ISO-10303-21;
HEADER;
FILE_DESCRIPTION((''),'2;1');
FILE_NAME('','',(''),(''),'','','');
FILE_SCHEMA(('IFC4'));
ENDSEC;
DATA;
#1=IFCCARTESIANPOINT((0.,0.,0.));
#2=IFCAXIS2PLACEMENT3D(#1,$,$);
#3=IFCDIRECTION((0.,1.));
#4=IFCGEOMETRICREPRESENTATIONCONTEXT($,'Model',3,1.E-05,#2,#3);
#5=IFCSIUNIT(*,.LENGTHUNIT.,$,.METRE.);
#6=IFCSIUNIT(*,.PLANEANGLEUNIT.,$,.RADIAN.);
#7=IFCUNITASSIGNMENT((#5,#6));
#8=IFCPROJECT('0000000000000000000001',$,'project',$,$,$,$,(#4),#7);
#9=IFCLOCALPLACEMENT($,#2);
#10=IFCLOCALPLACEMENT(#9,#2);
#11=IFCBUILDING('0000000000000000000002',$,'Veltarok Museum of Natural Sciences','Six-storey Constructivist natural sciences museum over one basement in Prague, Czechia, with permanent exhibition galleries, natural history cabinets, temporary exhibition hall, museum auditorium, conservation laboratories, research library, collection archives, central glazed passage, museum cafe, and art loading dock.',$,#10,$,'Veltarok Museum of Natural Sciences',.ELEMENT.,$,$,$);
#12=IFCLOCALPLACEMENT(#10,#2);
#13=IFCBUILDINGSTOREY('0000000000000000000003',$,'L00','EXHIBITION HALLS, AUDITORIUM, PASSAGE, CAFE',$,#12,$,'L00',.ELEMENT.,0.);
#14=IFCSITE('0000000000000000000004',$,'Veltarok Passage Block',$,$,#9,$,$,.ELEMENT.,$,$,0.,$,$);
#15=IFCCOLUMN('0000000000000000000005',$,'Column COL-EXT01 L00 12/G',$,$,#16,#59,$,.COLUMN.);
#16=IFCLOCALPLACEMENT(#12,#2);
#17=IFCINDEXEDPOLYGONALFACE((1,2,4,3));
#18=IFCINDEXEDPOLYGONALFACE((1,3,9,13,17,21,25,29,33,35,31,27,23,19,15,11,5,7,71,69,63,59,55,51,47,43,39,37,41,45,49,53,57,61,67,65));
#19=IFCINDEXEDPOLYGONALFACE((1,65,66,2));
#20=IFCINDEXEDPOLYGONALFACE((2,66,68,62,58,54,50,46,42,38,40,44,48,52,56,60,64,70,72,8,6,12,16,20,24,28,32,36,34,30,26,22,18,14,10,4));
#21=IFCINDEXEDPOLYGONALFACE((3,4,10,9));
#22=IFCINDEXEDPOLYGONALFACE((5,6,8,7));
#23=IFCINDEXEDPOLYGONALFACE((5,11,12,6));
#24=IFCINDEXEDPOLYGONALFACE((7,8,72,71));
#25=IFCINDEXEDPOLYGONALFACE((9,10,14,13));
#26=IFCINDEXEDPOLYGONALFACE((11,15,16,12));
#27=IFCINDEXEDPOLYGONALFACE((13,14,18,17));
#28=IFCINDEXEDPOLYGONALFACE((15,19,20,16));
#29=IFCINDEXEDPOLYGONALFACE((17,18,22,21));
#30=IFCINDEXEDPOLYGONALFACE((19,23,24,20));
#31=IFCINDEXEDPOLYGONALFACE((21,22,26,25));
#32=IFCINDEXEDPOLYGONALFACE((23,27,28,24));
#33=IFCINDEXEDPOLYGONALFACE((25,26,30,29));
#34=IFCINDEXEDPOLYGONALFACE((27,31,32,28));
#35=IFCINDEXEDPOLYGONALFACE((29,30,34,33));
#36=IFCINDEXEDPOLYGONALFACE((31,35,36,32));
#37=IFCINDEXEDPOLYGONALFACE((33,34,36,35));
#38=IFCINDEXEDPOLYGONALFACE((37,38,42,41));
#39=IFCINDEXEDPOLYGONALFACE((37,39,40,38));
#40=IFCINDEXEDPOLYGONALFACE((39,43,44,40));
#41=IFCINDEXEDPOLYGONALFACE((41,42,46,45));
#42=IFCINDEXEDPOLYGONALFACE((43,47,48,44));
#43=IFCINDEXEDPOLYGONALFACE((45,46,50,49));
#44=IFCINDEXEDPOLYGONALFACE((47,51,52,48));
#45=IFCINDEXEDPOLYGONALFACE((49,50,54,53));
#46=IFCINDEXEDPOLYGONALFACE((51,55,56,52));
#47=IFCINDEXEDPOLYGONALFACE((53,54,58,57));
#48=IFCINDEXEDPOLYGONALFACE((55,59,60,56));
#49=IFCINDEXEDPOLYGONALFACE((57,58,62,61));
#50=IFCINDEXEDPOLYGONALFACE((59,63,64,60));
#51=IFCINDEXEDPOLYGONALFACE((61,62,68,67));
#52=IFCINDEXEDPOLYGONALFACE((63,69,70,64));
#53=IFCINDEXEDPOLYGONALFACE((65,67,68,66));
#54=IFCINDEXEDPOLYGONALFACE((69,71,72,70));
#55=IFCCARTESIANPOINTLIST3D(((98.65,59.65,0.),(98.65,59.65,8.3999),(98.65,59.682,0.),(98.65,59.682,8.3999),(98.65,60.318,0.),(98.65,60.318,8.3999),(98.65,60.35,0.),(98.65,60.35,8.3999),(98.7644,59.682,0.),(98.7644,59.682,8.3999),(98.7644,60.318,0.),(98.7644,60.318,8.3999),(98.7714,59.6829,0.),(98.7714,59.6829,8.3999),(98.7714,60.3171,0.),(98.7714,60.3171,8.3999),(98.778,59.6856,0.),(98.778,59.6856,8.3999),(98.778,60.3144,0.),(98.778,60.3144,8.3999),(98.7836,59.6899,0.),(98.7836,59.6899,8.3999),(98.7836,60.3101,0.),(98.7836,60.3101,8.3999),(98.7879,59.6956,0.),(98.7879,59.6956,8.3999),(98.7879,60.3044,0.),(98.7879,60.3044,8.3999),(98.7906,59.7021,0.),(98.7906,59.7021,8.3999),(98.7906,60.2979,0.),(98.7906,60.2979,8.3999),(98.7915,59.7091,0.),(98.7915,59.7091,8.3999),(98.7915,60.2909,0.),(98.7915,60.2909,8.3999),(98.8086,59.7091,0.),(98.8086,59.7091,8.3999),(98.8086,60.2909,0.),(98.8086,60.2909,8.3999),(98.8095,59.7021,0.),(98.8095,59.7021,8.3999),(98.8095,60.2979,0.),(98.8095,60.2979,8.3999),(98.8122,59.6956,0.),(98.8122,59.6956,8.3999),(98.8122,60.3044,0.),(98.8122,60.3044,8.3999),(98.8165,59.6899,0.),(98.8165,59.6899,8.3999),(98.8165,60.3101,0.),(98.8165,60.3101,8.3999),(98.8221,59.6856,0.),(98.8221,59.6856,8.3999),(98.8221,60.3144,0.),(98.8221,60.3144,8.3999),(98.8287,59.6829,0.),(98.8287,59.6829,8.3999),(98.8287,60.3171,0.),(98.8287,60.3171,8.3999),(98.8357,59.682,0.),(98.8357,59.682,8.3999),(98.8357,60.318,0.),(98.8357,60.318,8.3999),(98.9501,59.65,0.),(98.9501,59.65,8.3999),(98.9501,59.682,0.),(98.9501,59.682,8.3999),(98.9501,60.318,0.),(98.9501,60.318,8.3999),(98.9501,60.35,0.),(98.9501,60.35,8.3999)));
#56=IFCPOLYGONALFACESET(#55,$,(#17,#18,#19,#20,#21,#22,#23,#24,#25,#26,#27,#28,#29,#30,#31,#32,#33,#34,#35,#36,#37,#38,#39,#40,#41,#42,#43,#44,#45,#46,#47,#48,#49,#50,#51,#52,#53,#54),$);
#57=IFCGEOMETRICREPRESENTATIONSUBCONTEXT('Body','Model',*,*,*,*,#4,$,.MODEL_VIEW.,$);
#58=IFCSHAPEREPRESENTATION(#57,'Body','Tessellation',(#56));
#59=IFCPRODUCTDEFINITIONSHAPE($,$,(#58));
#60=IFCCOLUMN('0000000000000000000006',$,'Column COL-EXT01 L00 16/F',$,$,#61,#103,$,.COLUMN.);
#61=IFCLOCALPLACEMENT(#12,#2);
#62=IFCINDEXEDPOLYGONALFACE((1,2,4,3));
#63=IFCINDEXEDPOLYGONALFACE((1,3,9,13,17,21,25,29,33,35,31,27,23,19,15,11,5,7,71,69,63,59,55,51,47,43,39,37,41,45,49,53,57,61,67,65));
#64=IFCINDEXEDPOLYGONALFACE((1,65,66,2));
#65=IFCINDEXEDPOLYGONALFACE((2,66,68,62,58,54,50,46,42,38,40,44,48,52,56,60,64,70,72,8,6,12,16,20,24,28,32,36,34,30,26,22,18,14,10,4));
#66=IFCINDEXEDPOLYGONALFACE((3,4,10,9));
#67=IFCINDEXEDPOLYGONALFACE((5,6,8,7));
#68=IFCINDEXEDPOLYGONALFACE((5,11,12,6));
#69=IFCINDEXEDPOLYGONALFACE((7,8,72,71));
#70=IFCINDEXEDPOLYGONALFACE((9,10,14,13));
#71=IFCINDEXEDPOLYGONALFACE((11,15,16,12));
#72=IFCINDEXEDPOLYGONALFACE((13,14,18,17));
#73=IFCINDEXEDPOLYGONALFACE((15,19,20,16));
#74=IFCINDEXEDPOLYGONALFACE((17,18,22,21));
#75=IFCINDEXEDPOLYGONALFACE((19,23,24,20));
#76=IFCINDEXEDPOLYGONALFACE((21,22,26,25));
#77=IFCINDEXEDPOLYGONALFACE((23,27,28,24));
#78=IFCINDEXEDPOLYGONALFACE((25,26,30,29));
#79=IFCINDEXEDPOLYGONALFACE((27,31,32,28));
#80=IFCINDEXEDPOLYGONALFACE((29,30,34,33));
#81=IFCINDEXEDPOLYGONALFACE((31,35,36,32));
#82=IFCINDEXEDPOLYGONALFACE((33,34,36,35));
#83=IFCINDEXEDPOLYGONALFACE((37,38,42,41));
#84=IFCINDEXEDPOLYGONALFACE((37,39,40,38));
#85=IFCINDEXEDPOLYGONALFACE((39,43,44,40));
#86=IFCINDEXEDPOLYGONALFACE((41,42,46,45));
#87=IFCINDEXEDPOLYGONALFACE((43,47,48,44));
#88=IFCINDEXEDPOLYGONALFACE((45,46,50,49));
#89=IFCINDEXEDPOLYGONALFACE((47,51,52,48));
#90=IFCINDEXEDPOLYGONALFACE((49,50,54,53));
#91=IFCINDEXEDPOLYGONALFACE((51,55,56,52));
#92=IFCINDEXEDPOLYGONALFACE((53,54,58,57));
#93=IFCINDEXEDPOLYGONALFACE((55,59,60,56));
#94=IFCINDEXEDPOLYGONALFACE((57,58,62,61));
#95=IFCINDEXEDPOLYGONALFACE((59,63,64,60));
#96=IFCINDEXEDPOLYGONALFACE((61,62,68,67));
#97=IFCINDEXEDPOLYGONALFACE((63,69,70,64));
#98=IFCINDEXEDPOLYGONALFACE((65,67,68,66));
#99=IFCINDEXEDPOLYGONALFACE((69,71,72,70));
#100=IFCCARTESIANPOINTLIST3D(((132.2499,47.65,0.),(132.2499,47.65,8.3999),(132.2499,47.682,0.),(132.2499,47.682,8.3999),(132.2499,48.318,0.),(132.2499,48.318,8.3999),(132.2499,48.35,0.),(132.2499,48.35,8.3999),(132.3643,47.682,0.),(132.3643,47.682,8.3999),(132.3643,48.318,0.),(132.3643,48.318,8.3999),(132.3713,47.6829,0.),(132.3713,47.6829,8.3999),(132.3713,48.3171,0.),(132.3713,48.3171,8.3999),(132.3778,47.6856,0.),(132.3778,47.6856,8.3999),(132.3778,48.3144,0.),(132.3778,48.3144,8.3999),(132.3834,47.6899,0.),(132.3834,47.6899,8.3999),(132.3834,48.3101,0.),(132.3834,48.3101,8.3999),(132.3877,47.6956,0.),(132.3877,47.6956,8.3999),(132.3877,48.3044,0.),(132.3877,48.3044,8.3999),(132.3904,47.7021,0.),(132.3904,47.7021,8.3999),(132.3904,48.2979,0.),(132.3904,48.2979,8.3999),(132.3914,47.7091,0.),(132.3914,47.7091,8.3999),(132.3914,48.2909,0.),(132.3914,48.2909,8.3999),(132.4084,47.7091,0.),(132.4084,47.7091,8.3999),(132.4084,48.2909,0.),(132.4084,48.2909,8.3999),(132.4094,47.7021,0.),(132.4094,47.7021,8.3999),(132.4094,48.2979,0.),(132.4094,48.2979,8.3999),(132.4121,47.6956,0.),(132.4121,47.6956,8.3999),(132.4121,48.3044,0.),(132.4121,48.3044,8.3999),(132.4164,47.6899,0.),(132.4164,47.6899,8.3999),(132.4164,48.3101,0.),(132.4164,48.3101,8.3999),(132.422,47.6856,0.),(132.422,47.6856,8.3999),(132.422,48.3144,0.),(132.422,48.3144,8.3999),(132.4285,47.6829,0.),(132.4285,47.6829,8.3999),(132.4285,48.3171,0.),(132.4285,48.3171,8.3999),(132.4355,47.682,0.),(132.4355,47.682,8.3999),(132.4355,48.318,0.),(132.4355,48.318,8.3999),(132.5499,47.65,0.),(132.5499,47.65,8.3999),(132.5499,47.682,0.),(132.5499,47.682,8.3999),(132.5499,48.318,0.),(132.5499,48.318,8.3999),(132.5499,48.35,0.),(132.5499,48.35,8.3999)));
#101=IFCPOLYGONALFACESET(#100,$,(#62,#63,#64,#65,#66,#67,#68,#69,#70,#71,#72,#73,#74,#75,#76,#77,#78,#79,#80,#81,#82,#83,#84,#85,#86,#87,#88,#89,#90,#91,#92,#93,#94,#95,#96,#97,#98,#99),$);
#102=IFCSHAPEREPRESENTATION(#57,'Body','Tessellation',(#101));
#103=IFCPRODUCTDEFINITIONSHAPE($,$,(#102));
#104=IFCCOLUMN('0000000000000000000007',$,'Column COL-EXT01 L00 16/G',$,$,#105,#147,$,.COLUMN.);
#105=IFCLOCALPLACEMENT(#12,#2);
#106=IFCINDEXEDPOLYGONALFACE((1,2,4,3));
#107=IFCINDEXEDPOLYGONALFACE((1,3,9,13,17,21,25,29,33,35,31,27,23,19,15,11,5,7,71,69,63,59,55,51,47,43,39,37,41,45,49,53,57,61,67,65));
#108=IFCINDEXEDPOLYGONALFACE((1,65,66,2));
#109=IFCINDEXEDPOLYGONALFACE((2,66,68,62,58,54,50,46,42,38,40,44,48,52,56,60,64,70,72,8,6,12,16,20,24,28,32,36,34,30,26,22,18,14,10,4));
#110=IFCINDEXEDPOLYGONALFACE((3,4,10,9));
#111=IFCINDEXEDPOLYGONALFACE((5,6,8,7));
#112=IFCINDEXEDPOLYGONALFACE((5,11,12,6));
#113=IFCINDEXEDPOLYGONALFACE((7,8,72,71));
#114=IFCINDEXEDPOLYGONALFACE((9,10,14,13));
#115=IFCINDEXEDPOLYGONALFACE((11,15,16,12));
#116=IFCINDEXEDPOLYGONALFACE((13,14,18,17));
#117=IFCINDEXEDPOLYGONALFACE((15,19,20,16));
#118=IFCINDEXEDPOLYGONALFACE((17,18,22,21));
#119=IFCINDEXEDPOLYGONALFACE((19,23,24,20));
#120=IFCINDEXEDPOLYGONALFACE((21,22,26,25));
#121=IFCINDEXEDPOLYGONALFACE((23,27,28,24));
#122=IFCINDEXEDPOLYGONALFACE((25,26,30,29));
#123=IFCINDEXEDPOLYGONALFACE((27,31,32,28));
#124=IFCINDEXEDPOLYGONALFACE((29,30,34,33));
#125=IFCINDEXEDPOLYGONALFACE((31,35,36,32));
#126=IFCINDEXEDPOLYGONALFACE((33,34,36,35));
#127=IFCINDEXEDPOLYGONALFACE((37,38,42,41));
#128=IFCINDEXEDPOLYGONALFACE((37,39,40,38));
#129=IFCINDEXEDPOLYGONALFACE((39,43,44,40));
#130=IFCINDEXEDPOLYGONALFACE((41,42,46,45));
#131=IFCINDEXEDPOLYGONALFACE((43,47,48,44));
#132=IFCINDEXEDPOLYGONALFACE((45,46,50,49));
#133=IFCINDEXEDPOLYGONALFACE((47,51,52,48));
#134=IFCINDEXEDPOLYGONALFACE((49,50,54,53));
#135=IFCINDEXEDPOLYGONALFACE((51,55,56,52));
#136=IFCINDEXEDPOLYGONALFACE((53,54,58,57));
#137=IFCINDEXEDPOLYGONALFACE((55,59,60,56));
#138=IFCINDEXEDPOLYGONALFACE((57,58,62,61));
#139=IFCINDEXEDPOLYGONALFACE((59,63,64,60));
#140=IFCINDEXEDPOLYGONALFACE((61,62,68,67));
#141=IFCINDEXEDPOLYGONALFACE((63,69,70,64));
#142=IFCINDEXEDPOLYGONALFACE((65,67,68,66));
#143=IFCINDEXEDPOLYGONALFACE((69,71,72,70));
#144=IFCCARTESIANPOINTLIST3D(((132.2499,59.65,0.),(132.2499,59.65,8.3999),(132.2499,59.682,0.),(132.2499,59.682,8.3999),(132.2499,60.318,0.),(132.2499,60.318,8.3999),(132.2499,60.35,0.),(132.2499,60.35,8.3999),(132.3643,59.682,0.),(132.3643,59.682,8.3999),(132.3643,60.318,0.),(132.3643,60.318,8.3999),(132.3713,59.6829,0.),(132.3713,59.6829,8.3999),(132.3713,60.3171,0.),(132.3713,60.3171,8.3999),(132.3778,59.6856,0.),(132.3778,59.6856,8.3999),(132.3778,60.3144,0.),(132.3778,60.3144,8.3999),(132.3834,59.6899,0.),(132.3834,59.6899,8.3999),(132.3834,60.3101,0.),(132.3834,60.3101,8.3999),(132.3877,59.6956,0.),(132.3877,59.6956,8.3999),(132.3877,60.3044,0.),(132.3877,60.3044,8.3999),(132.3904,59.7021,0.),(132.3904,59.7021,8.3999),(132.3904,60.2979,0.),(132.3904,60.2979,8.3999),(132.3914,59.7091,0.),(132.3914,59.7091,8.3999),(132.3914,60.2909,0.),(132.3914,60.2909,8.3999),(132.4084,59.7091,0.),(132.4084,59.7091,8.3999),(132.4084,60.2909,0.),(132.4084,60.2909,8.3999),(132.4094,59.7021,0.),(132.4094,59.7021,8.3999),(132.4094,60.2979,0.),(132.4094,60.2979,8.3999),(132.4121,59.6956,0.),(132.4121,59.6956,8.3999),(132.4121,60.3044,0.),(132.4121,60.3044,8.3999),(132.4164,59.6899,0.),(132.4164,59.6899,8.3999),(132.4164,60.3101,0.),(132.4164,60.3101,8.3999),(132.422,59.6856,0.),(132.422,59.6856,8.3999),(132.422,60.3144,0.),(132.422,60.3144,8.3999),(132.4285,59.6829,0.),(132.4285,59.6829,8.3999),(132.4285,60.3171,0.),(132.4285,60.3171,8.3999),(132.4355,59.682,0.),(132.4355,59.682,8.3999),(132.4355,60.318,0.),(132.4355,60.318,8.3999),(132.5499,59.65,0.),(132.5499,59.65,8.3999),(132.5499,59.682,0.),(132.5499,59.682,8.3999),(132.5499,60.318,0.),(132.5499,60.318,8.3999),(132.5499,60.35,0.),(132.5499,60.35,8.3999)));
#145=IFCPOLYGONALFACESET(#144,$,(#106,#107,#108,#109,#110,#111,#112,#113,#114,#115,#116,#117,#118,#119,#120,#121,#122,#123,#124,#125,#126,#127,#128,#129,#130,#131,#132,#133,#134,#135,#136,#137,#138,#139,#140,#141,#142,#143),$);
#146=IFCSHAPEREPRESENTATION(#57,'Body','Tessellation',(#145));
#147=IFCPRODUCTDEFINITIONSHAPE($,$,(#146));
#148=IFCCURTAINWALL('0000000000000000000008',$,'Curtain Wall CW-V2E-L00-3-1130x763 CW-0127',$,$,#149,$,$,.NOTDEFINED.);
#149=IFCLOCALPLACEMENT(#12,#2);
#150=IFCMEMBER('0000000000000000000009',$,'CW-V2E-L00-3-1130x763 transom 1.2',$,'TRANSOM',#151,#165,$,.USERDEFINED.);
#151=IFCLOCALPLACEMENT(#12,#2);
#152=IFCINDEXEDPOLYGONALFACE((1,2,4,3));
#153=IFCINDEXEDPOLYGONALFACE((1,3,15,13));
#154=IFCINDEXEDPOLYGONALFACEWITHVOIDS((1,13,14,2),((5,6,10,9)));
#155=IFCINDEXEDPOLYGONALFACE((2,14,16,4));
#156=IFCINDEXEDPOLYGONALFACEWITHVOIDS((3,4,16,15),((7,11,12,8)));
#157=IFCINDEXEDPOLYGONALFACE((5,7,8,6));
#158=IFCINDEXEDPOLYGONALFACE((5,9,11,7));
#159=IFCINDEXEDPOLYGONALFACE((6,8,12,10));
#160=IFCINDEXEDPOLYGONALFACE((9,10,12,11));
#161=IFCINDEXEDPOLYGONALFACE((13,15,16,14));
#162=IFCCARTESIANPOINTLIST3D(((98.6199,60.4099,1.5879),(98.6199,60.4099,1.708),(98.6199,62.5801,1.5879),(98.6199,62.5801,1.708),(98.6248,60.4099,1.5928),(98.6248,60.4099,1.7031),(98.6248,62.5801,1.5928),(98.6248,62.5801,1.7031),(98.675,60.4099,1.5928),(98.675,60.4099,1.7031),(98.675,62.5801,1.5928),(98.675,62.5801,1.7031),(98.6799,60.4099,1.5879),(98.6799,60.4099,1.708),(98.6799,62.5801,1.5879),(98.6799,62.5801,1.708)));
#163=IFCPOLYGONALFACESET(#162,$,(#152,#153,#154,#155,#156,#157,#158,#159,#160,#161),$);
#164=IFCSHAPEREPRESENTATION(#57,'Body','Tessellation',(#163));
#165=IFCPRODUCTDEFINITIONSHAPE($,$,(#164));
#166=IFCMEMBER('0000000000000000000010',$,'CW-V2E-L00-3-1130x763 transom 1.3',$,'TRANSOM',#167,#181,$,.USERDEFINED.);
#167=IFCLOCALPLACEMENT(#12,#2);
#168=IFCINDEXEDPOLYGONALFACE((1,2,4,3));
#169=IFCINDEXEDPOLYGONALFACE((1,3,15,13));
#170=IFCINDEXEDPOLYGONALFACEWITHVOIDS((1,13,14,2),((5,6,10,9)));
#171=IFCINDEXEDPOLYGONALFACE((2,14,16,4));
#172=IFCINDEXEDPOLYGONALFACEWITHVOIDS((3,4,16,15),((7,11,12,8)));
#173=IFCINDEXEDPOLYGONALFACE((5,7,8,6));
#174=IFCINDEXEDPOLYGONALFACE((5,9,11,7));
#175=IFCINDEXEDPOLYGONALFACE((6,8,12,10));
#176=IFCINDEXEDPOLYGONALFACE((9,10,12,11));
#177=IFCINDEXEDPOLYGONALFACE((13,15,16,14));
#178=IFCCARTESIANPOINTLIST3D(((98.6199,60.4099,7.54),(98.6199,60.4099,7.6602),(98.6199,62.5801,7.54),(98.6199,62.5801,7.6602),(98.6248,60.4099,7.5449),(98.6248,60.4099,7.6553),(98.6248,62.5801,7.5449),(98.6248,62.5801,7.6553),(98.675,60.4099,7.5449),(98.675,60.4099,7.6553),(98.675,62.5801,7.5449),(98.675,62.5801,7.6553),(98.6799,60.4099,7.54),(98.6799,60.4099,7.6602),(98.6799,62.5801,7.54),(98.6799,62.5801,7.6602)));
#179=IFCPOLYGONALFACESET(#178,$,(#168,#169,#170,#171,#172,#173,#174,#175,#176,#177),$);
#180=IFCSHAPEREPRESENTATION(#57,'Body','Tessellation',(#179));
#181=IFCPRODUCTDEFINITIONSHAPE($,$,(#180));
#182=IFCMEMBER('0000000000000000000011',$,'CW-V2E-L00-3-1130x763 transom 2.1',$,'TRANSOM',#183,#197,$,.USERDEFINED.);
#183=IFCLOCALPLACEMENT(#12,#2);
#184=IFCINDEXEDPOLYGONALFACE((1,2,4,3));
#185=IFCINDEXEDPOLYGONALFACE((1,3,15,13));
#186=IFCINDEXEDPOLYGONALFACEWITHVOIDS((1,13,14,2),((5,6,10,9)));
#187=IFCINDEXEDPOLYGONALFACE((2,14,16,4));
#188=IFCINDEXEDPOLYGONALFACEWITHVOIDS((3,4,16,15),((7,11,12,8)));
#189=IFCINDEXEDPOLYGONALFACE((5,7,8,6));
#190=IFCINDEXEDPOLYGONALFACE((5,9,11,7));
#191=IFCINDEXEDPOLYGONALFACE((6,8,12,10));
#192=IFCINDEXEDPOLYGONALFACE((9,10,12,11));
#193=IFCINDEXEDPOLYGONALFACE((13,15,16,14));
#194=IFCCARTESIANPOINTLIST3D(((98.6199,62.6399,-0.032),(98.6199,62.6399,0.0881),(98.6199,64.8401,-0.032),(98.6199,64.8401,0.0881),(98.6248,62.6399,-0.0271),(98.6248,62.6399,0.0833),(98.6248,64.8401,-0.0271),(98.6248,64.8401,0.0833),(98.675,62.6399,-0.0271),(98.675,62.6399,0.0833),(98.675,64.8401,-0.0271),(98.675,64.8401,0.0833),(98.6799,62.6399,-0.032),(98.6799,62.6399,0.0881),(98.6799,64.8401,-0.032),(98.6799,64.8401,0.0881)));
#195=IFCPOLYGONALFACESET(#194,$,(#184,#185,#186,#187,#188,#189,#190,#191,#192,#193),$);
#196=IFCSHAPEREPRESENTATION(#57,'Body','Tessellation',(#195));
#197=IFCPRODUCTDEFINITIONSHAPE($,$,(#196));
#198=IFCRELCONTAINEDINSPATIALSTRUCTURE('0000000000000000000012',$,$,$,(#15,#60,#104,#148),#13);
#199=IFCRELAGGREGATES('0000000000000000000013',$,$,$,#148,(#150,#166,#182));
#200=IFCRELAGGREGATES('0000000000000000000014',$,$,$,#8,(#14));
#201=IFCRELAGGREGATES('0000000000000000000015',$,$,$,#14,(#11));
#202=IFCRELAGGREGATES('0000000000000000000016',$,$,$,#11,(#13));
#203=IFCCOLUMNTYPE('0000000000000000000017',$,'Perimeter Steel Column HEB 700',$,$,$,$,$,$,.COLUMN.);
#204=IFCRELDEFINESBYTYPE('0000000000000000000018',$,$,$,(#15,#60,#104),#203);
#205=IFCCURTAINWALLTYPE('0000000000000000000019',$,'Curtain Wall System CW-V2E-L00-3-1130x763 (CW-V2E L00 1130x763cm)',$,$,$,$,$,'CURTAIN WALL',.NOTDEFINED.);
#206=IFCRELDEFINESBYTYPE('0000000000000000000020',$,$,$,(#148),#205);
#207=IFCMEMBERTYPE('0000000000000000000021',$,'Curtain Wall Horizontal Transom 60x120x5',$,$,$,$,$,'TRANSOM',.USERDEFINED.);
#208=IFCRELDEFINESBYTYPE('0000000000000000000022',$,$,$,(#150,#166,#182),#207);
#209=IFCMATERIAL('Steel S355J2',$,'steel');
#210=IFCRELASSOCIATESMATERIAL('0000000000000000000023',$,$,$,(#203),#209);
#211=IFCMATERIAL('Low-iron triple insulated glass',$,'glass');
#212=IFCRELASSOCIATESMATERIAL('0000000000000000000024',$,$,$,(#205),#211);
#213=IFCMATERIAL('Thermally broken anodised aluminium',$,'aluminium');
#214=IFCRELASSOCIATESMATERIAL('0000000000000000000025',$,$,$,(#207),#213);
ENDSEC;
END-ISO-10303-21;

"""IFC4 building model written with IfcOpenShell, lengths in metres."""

from ifc_helpers import new_model, si_unit, direction, frame, origin, origin_2d, place, context, subcontext, project, spatial, hollow_rectangle, i_section, extrude, material, material_profile, profile_set, type_object, element, aggregate, save


model = new_model("IFC4")

# Units and contexts
model_context = context("Model", 3, precision=1e-05, world=origin(), true_north=direction((0.0, 1.0)))
body_context = subcontext(model_context, "Body", "Model", "MODEL_VIEW")
ifc_project = project(units=[si_unit("LENGTHUNIT", "METRE"), si_unit("PLANEANGLEUNIT", "RADIAN")], contexts=[model_context])

# Site, building, storey
site_placement = place(None, origin())
site = spatial("IfcSite", under=ifc_project, at=site_placement, Name="Veltarok Passage Block", CompositionType="ELEMENT", RefElevation=0.0)
building_placement = place(site_placement, origin())
building = spatial("IfcBuilding", under=site, at=building_placement, Name="Veltarok Museum of Natural Sciences", Description="Six-storey Constructivist natural sciences museum over one basement in Prague, Czechia, with permanent exhibition galleries, natural history cabinets, temporary exhibition hall, museum auditorium, conservation laboratories, research library, collection archives, central glazed passage, museum cafe, and art loading dock.", LongName="Veltarok Museum of Natural Sciences", CompositionType="ELEMENT")
storey_placement = place(building_placement, origin())
storey = spatial("IfcBuildingStorey", under=building, at=storey_placement, Name="L00", Description="EXHIBITION HALLS, AUDITORIUM, PASSAGE, CAFE", LongName="L00", CompositionType="ELEMENT", Elevation=0.0)

# Columns
ifc_material_1 = material(Name="Steel S355J2", Category="steel")
ifc_material_profile_1 = material_profile(ifc_material_1, i_section(OverallWidth=0.3, OverallDepth=0.7, WebThickness=0.0171, FlangeThickness=0.032, FilletRadius=0.0271, at=origin_2d()), Name="HEB 700")
ifc_profile_set_1 = profile_set([ifc_material_profile_1], Name="Steel S355J2")
column_type = type_object("IfcColumnType", Name="Perimeter Steel Column HEB 700", PredefinedType="COLUMN", material=ifc_profile_set_1)
for number, where, z_axis, x_axis, name in (
    (1, (98.8, 60.0, 0.0), (0.0, 0.0, 1.0), (1.0, 0.0, 0.0), "Column COL-EXT01 L00 12/G"),
    (2, (132.3999, 48.0, 0.0), (0.0, 0.0, 1.0), (1.0, 0.0, 0.0), "Column COL-EXT01 L00 16/F"),
    (3, (132.3999, 60.0, 0.0), (0.0, 0.0, 1.0), (1.0, 0.0, 0.0), "Column COL-EXT01 L00 16/G"),
):
    element("IfcColumn", number, at=place(storey_placement, frame(where, z_axis=z_axis, x_axis=x_axis)), inside=storey, type_object=column_type, Name=name, PredefinedType="COLUMN", context=body_context, shape_type="SweptSolid", body=[
        extrude(i_section(OverallWidth=0.3, OverallDepth=0.7, WebThickness=0.0171, FlangeThickness=0.032, FilletRadius=0.0271, at=origin_2d()), origin(), (0.0, 0.0, 1.0), 8.3999),
    ])

# Curtain wall, members
ifc_material_2 = material(Name="Low-iron triple insulated glass", Category="glass")
curtain_wall_type = type_object("IfcCurtainWallType", Name="Curtain Wall System CW-V2E-L00-3-1130x763 (CW-V2E L00 1130x763cm)", ElementType="CURTAIN WALL", PredefinedType="NOTDEFINED", material=ifc_material_2)
curtain_wall_placement = place(storey_placement, origin())
curtain_wall = element("IfcCurtainWall", 4, at=curtain_wall_placement, inside=storey, type_object=curtain_wall_type, Name="Curtain Wall CW-V2E-L00-3-1130x763 CW-0127", PredefinedType="NOTDEFINED")
ifc_material_3 = material(Name="Thermally broken anodised aluminium", Category="aluminium")
ifc_material_profile_2 = material_profile(ifc_material_3, hollow_rectangle(XDim=0.0601, YDim=0.1201, WallThickness=0.0049, at=origin_2d()), Name="CW TRANSOM 60x120x5")
ifc_profile_set_2 = profile_set([ifc_material_profile_2], Name="Thermally broken anodised aluminium")
member_type_1 = type_object("IfcMemberType", Name="Curtain Wall Horizontal Transom 60x120x5", ElementType="TRANSOM", PredefinedType="USERDEFINED", material=ifc_profile_set_2)
member_1_placement = place(storey_placement, frame((98.6499, 60.4099, 1.6479), z_axis=(0.0, 1.0, 0.0), x_axis=(-1.0, 0.0, 0.0)))
member_1 = element("IfcMember", 5, at=member_1_placement, type_object=member_type_1, Name="CW-V2E-L00-3-1130x763 transom 1.2", ObjectType="TRANSOM", PredefinedType="USERDEFINED", context=body_context, shape_type="SweptSolid", body=[
    extrude(hollow_rectangle(XDim=0.0601, YDim=0.1201, WallThickness=0.0049, at=origin_2d()), origin(), (0.0, 0.0, 1.0), 2.1702),
])
member_2_placement = place(storey_placement, frame((98.6499, 60.4099, 7.6001), z_axis=(0.0, 1.0, 0.0), x_axis=(-1.0, 0.0, 0.0)))
member_2 = element("IfcMember", 6, at=member_2_placement, type_object=member_type_1, Name="CW-V2E-L00-3-1130x763 transom 1.3", ObjectType="TRANSOM", PredefinedType="USERDEFINED", context=body_context, shape_type="SweptSolid", body=[
    extrude(hollow_rectangle(XDim=0.0601, YDim=0.1201, WallThickness=0.0049, at=origin_2d()), origin(), (0.0, 0.0, 1.0), 2.1702),
])
member_3_placement = place(storey_placement, frame((98.6499, 62.6399, 0.0281), z_axis=(0.0, 1.0, 0.0), x_axis=(-1.0, 0.0, 0.0)))
member_3 = element("IfcMember", 7, at=member_3_placement, type_object=member_type_1, Name="CW-V2E-L00-3-1130x763 transom 2.1", ObjectType="TRANSOM", PredefinedType="USERDEFINED", context=body_context, shape_type="SweptSolid", body=[
    extrude(hollow_rectangle(XDim=0.0601, YDim=0.1201, WallThickness=0.0049, at=origin_2d()), origin(), (0.0, 0.0, 1.0), 2.2002),
])

aggregate(curtain_wall, [member_1, member_2, member_3])

save(model, "model.ifc")
